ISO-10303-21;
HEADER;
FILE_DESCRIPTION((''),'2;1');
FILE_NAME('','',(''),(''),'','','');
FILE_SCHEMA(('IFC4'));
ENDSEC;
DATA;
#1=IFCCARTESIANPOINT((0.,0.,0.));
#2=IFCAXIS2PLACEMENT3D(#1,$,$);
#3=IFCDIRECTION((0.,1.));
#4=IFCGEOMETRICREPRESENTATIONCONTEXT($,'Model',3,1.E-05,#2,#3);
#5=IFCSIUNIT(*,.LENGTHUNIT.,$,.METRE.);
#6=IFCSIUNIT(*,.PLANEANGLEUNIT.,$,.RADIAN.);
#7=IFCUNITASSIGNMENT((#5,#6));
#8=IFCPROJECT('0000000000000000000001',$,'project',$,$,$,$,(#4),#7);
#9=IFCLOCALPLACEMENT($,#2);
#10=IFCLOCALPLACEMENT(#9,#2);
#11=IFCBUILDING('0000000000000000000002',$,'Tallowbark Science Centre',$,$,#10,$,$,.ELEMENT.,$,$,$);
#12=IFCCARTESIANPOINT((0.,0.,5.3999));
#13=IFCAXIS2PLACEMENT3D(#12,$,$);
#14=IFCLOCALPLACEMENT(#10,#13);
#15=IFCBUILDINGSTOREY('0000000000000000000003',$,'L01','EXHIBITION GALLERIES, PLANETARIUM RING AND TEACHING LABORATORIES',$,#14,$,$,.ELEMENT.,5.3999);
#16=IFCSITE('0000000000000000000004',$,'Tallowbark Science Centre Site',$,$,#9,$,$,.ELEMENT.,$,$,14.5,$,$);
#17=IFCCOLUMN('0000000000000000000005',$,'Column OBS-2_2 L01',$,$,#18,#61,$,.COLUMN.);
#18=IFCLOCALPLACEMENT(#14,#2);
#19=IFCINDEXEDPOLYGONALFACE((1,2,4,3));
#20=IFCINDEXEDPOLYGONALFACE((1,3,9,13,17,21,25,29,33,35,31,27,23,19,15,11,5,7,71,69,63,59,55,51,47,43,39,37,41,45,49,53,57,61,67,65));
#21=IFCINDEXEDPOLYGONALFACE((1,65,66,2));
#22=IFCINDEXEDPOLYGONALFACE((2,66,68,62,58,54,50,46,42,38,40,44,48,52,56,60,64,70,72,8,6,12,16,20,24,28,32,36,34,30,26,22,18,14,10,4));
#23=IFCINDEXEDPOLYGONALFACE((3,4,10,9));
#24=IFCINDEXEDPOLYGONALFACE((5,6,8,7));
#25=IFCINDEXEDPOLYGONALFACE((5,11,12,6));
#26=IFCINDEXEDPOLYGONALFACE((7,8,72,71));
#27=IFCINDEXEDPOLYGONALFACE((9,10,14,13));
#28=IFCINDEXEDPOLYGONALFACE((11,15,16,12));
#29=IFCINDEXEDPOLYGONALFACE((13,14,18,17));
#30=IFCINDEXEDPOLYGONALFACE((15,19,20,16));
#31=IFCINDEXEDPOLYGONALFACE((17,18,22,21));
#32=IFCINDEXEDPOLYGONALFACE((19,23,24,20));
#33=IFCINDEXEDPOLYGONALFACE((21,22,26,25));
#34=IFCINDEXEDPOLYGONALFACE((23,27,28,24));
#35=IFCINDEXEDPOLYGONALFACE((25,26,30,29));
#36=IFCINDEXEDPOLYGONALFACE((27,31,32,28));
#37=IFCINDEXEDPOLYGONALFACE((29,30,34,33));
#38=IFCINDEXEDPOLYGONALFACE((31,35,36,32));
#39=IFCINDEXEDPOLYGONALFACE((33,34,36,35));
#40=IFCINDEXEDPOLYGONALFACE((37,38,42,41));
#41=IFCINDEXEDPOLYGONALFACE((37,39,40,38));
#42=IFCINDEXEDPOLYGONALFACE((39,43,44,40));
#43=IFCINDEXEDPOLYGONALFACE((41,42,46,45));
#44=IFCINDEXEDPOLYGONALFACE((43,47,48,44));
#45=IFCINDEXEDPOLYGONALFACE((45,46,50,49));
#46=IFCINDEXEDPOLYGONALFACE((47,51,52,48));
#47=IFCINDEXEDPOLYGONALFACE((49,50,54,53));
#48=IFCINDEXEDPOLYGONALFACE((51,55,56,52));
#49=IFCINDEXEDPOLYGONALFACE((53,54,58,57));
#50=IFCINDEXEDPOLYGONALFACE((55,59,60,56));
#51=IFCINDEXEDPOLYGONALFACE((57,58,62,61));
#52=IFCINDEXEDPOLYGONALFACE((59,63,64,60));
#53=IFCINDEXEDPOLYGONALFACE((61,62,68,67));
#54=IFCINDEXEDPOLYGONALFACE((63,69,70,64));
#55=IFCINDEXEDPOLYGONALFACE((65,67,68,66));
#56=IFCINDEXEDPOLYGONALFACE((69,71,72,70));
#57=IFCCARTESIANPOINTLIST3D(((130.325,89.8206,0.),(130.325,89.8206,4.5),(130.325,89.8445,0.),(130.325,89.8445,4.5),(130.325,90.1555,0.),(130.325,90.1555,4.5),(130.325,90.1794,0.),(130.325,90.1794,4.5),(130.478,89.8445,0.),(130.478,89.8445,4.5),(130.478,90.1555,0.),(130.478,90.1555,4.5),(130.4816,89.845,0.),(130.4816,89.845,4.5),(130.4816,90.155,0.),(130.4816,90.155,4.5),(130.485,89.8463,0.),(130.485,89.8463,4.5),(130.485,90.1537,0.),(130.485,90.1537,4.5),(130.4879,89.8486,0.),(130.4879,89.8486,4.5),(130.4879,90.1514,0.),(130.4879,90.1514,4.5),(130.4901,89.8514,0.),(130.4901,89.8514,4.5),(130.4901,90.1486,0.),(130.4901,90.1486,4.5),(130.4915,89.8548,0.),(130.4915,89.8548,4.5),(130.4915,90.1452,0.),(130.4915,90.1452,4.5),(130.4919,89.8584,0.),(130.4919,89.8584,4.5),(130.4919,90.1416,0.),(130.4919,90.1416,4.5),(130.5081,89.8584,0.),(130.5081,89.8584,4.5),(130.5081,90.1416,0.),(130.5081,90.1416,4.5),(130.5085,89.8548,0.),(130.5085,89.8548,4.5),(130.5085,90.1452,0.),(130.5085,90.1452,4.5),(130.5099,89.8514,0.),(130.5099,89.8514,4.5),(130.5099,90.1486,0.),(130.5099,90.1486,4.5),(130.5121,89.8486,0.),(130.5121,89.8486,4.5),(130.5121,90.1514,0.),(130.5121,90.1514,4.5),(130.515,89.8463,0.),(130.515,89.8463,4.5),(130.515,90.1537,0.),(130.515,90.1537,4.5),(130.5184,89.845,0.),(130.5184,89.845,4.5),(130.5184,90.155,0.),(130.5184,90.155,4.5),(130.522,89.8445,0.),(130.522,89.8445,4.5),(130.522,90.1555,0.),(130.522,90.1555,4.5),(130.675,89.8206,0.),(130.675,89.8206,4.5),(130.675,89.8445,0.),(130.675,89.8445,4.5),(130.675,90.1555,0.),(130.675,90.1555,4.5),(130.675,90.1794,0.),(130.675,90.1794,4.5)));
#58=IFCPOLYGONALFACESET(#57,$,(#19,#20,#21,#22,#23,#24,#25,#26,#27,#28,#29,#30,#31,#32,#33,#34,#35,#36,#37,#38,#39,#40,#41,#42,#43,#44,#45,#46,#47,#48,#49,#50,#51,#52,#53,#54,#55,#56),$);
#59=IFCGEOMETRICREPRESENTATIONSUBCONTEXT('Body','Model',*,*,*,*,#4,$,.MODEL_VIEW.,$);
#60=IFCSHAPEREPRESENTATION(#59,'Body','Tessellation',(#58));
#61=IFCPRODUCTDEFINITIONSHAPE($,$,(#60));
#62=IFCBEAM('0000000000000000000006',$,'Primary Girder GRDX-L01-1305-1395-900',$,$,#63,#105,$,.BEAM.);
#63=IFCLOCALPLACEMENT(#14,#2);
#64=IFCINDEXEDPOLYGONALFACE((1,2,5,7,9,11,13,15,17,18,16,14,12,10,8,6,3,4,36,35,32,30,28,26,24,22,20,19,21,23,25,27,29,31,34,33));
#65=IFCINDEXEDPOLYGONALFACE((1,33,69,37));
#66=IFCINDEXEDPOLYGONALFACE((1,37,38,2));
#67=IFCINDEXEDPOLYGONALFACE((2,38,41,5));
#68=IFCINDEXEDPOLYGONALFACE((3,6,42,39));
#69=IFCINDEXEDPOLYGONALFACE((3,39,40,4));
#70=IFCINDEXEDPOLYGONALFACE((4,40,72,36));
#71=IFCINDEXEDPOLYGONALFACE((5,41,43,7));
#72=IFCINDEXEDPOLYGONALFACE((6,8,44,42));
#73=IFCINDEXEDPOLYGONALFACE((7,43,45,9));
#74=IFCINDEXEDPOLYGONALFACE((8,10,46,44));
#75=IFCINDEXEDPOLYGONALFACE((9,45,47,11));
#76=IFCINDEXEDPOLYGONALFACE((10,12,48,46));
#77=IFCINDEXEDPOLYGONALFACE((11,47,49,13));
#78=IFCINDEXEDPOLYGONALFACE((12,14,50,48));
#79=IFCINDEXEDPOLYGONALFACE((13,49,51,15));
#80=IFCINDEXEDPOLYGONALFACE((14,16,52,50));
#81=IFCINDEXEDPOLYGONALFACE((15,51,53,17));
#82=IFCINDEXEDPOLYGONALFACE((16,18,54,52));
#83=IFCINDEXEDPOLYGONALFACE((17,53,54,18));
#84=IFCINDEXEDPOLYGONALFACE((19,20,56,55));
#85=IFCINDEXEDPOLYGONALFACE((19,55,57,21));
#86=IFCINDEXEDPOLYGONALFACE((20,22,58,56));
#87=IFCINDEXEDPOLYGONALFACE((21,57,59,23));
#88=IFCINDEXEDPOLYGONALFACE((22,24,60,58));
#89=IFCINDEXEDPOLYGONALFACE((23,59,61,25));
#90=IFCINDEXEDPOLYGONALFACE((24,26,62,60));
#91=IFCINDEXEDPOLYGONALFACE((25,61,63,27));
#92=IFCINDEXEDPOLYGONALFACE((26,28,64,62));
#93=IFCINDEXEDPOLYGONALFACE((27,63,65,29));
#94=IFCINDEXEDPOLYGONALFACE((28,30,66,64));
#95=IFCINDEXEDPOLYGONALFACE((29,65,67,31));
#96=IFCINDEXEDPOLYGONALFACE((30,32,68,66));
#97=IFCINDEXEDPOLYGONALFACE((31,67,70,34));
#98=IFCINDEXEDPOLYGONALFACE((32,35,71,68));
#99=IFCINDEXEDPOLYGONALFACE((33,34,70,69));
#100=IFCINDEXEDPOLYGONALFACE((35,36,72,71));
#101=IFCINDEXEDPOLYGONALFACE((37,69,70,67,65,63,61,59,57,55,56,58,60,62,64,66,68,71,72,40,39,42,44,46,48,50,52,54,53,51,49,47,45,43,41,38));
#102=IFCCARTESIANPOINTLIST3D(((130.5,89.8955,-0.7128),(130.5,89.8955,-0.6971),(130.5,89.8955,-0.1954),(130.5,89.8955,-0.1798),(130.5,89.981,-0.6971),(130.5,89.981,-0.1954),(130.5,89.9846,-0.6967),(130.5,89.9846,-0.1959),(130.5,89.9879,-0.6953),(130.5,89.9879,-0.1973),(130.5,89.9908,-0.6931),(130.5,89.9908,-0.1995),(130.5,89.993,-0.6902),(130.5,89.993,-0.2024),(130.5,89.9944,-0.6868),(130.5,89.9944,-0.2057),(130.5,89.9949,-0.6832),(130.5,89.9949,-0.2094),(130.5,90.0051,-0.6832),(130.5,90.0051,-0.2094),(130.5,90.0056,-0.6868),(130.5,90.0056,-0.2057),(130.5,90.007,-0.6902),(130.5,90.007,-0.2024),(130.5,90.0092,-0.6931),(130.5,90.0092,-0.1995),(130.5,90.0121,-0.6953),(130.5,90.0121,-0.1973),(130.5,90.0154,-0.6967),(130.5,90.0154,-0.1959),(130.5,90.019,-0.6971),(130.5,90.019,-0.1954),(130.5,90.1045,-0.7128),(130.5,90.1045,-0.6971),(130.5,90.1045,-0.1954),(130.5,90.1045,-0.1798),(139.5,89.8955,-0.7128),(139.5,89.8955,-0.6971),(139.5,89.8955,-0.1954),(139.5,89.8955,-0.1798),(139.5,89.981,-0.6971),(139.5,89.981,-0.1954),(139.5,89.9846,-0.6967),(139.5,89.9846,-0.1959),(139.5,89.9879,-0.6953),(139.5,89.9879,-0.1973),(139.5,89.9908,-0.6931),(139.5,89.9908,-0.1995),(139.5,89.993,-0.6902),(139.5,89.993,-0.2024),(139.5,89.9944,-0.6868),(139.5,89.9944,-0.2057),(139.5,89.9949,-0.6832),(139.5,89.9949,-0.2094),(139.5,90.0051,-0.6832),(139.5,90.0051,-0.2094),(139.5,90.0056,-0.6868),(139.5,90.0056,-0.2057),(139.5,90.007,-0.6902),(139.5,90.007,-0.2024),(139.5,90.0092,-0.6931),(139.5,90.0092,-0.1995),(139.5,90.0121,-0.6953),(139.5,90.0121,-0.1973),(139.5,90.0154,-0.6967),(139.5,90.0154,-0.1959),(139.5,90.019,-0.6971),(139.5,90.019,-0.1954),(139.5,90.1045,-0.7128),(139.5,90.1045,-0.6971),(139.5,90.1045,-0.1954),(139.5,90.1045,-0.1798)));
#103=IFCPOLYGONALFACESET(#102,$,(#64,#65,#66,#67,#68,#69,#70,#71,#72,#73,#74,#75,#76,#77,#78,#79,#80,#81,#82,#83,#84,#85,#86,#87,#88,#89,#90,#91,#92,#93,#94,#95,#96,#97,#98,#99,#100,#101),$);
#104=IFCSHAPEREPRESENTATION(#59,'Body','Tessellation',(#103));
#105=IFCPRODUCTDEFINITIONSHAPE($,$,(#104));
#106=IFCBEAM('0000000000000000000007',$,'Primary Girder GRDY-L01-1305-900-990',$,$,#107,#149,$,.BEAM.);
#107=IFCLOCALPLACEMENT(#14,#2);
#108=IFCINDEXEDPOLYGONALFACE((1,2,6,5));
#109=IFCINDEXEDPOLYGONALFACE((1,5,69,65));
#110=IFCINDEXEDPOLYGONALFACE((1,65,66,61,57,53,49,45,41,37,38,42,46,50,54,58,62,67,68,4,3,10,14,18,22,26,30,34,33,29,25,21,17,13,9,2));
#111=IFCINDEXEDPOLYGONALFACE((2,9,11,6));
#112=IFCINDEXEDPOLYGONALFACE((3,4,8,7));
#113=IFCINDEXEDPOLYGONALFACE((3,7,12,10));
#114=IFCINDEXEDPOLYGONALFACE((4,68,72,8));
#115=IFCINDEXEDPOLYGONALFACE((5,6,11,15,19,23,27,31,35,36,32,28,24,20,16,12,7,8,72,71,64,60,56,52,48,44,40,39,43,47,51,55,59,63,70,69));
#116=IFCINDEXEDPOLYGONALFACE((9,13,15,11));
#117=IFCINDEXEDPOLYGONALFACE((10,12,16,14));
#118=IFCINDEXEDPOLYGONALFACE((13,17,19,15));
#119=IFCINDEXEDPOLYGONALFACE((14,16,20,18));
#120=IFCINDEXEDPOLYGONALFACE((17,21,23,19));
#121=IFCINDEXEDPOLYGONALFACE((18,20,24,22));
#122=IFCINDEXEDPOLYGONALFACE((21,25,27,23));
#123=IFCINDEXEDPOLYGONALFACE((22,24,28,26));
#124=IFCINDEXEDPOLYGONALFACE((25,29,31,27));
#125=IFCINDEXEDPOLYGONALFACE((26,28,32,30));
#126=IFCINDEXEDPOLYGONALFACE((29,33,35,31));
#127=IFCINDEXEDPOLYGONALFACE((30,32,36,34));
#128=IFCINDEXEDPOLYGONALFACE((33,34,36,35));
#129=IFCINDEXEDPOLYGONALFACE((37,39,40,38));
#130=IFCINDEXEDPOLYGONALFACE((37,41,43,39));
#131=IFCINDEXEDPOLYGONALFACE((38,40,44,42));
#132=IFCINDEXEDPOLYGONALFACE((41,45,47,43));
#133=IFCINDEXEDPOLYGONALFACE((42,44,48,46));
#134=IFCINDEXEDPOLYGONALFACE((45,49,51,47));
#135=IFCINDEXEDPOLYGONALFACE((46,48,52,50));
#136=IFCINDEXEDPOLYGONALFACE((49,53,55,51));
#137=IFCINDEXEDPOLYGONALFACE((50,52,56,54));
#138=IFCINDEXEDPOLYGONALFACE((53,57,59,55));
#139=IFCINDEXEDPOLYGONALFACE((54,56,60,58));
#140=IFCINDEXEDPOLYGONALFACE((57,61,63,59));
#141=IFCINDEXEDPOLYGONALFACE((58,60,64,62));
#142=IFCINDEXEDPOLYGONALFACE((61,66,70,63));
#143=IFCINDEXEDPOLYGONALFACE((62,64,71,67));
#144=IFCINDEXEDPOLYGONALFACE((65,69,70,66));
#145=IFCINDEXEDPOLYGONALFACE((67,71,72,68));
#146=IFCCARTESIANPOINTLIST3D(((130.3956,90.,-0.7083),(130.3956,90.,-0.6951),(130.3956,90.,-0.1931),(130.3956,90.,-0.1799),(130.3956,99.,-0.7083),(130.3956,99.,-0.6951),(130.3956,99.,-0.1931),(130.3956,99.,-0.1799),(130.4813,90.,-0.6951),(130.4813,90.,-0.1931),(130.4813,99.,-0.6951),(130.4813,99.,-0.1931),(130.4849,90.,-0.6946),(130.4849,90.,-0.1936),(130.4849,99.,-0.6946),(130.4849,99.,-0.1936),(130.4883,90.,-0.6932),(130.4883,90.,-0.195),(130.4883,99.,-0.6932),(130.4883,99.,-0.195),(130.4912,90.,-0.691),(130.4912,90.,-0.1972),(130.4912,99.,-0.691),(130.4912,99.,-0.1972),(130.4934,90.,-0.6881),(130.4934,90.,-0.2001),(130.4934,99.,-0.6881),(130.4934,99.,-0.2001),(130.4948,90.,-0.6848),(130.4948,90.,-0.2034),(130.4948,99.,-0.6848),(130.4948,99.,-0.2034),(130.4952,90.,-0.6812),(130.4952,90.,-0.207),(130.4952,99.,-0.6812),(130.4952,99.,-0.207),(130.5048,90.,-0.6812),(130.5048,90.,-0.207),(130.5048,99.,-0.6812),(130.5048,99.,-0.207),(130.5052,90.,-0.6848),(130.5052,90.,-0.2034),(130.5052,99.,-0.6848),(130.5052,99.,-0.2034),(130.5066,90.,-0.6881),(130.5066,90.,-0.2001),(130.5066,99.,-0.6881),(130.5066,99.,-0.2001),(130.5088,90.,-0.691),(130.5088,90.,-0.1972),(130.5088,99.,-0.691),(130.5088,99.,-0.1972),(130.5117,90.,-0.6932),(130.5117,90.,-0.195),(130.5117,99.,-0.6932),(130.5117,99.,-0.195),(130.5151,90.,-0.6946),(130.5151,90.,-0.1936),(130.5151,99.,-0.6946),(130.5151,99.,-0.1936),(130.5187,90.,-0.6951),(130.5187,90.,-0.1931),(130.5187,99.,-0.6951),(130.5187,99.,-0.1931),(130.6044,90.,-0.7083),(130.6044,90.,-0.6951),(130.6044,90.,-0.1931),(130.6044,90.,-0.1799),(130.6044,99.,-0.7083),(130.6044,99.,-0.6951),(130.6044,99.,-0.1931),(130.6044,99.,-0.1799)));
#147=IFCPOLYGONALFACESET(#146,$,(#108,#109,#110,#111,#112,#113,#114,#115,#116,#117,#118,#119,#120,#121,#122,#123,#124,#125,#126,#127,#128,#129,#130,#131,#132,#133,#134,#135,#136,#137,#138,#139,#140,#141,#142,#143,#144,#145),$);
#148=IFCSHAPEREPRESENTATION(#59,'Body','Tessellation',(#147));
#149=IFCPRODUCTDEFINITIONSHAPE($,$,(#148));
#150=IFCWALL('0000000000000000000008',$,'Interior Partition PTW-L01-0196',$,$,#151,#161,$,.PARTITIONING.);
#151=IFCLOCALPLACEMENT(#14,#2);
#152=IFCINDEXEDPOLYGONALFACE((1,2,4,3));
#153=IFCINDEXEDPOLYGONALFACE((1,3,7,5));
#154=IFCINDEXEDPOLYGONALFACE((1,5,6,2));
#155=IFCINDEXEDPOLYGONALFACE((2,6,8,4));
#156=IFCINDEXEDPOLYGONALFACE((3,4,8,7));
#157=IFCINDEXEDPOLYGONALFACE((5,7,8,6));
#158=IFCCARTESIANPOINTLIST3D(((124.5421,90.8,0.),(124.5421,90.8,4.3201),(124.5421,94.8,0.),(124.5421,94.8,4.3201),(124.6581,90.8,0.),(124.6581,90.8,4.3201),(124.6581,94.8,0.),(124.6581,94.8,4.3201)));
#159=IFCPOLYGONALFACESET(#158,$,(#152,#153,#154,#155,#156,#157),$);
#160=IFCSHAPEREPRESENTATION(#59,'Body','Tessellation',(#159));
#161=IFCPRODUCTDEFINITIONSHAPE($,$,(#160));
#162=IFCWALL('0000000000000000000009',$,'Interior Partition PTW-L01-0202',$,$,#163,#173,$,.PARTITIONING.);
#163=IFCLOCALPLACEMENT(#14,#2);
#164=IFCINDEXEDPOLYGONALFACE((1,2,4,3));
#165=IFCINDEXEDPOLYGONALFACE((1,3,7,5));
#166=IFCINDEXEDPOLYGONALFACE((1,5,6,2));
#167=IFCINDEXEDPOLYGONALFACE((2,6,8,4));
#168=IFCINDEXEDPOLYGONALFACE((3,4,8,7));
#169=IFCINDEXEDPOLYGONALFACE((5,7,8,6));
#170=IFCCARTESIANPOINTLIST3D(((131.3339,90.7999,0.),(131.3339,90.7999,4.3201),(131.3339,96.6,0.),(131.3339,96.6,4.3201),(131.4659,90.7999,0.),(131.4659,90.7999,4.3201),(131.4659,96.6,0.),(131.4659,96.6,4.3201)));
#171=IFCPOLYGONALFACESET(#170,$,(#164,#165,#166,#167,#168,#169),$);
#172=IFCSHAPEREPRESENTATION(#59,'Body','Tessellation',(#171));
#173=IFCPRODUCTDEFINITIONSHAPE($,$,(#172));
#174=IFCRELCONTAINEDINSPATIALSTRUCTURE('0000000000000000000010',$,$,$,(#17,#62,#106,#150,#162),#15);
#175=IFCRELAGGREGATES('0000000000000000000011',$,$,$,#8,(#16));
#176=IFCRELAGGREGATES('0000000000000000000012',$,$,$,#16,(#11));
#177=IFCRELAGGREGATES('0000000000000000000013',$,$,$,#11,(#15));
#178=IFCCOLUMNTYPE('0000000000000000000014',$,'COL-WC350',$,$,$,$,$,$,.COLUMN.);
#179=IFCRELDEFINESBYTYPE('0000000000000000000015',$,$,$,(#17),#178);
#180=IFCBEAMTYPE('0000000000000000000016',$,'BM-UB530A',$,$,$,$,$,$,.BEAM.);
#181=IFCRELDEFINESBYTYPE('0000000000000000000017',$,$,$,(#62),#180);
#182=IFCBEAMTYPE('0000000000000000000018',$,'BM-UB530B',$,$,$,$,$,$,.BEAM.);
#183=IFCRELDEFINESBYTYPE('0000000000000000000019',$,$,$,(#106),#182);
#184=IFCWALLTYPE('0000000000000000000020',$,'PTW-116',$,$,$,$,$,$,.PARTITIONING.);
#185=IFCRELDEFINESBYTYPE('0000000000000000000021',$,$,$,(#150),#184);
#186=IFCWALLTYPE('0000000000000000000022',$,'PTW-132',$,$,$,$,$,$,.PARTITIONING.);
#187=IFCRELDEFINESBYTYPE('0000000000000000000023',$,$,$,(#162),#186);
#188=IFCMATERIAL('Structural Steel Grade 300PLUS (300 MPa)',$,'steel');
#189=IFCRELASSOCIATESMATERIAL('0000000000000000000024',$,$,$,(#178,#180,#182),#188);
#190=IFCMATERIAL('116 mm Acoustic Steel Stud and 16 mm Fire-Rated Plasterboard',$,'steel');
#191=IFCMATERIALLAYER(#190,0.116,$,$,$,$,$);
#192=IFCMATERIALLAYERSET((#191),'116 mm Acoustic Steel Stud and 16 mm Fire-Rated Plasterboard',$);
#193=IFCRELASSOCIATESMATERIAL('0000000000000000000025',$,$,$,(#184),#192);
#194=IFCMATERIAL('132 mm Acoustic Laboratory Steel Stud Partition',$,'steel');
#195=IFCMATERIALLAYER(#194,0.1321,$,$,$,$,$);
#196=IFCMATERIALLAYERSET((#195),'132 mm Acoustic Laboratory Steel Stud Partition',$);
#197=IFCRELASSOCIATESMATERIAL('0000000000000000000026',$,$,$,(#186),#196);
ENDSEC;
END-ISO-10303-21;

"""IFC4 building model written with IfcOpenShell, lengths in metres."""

from ifc_helpers import new_model, si_unit, direction, frame, frame_2d, origin, origin_2d, place, context, subcontext, project, spatial, rectangle, i_section, extrude, material, layer, layer_set, material_profile, profile_set, type_object, element, save


model = new_model("IFC4")

# Units and contexts
model_context = context("Model", 3, precision=1e-05, world=origin(), true_north=direction((0.0, 1.0)))
body_context = subcontext(model_context, "Body", "Model", "MODEL_VIEW")
ifc_project = project(units=[si_unit("LENGTHUNIT", "METRE"), si_unit("PLANEANGLEUNIT", "RADIAN")], contexts=[model_context])

# Site, building, storey
site_placement = place(None, origin())
site = spatial("IfcSite", under=ifc_project, at=site_placement, Name="Tallowbark Science Centre Site", CompositionType="ELEMENT", RefElevation=14.5)
building_placement = place(site_placement, origin())
building = spatial("IfcBuilding", under=site, at=building_placement, Name="Tallowbark Science Centre", CompositionType="ELEMENT")
storey_placement = place(building_placement, frame((0.0, 0.0, 5.3999)))
storey = spatial("IfcBuildingStorey", under=building, at=storey_placement, Name="L01", Description="EXHIBITION GALLERIES, PLANETARIUM RING AND TEACHING LABORATORIES", CompositionType="ELEMENT", Elevation=5.3999)

# Column
ifc_material_1 = material(Name="Structural Steel Grade 300PLUS (300 MPa)", Category="steel")
ifc_material_profile_1 = material_profile(ifc_material_1, i_section(OverallWidth=0.3501, OverallDepth=0.3589, WebThickness=0.0161, FlangeThickness=0.0239, FilletRadius=0.0139, at=origin_2d()), Name="350WC197")
ifc_profile_set_1 = profile_set([ifc_material_profile_1], Name="Structural Steel Grade 300PLUS (300 MPa)")
column_type = type_object("IfcColumnType", Name="COL-WC350", PredefinedType="COLUMN", material=ifc_profile_set_1)
column_placement = place(storey_placement, frame((130.5, 90.0, 0.0), z_axis=(0.0, 0.0, 1.0), x_axis=(1.0, 0.0, 0.0)))
element("IfcColumn", 1, at=column_placement, inside=storey, type_object=column_type, Name="Column OBS-2_2 L01", PredefinedType="COLUMN", context=body_context, shape_type="SweptSolid", body=[
    extrude(i_section(OverallWidth=0.3501, OverallDepth=0.3589, WebThickness=0.0161, FlangeThickness=0.0239, FilletRadius=0.0139, at=origin_2d()), origin(), (0.0, 0.0, 1.0), 4.5),
])

# Beams
ifc_material_profile_2 = material_profile(ifc_material_1, i_section(OverallWidth=0.209, OverallDepth=0.533, WebThickness=0.0103, FlangeThickness=0.0156, FilletRadius=0.0139, at=origin_2d()), Name="530UB92.4")
ifc_profile_set_2 = profile_set([ifc_material_profile_2], Name="Structural Steel Grade 300PLUS (300 MPa)")
beam_type_1 = type_object("IfcBeamType", Name="BM-UB530A", PredefinedType="BEAM", material=ifc_profile_set_2)
beam_1_placement = place(storey_placement, frame((130.5, 90.0, -0.4463), z_axis=(1.0, 0.0, 0.0), x_axis=(0.0, 1.0, 0.0)))
element("IfcBeam", 2, at=beam_1_placement, inside=storey, type_object=beam_type_1, Name="Primary Girder GRDX-L01-1305-1395-900", PredefinedType="BEAM", context=body_context, shape_type="SweptSolid", body=[
    extrude(i_section(OverallWidth=0.209, OverallDepth=0.533, WebThickness=0.0103, FlangeThickness=0.0156, FilletRadius=0.0139, at=origin_2d()), origin(), (0.0, 0.0, 1.0), 9.0),
])
ifc_material_profile_3 = material_profile(ifc_material_1, i_section(OverallWidth=0.2087, OverallDepth=0.5283, WebThickness=0.0095, FlangeThickness=0.0132, FilletRadius=0.0139, at=origin_2d()), Name="530UB82.0")
ifc_profile_set_3 = profile_set([ifc_material_profile_3], Name="Structural Steel Grade 300PLUS (300 MPa)")
beam_type_2 = type_object("IfcBeamType", Name="BM-UB530B", PredefinedType="BEAM", material=ifc_profile_set_3)
beam_2_placement = place(storey_placement, frame((130.5, 90.0, -0.4441), z_axis=(0.0, 1.0, 0.0), x_axis=(-1.0, 0.0, 0.0)))
element("IfcBeam", 3, at=beam_2_placement, inside=storey, type_object=beam_type_2, Name="Primary Girder GRDY-L01-1305-900-990", PredefinedType="BEAM", context=body_context, shape_type="SweptSolid", body=[
    extrude(i_section(OverallWidth=0.2087, OverallDepth=0.5283, WebThickness=0.0095, FlangeThickness=0.0132, FilletRadius=0.0139, at=origin_2d()), origin(), (0.0, 0.0, 1.0), 9.0),
])

# Walls
ifc_material_2 = material(Name="116 mm Acoustic Steel Stud and 16 mm Fire-Rated Plasterboard", Category="steel")
ifc_layer_1 = layer(ifc_material_2, 0.116)
ifc_layer_set_1 = layer_set([ifc_layer_1], Name="116 mm Acoustic Steel Stud and 16 mm Fire-Rated Plasterboard")
wall_type_1 = type_object("IfcWallType", Name="PTW-116", PredefinedType="PARTITIONING", material=ifc_layer_set_1)
wall_1_placement = place(storey_placement, frame((124.6001, 90.8, 0.0), z_axis=(0.0, 0.0, 1.0), x_axis=(0.0, 1.0, 0.0)))
element("IfcWall", 4, at=wall_1_placement, inside=storey, type_object=wall_type_1, Name="Interior Partition PTW-L01-0196", PredefinedType="PARTITIONING", context=body_context, shape_type="SweptSolid", body=[
    extrude(rectangle(XDim=4.0, YDim=0.116, at=frame_2d((2.0, 0.0))), origin(), (0.0, 0.0, 1.0), 4.3201),
])
ifc_material_3 = material(Name="132 mm Acoustic Laboratory Steel Stud Partition", Category="steel")
ifc_layer_2 = layer(ifc_material_3, 0.1321)
ifc_layer_set_2 = layer_set([ifc_layer_2], Name="132 mm Acoustic Laboratory Steel Stud Partition")
wall_type_2 = type_object("IfcWallType", Name="PTW-132", PredefinedType="PARTITIONING", material=ifc_layer_set_2)
wall_2_placement = place(storey_placement, frame((131.3999, 90.8, 0.0), z_axis=(0.0, 0.0, 1.0), x_axis=(0.0, 1.0, 0.0)))
element("IfcWall", 5, at=wall_2_placement, inside=storey, type_object=wall_type_2, Name="Interior Partition PTW-L01-0202", PredefinedType="PARTITIONING", context=body_context, shape_type="SweptSolid", body=[
    extrude(rectangle(XDim=5.8, YDim=0.1321, at=frame_2d((2.8999, 0.0))), origin(), (0.0, 0.0, 1.0), 4.3201),
])

save(model, "model.ifc")
